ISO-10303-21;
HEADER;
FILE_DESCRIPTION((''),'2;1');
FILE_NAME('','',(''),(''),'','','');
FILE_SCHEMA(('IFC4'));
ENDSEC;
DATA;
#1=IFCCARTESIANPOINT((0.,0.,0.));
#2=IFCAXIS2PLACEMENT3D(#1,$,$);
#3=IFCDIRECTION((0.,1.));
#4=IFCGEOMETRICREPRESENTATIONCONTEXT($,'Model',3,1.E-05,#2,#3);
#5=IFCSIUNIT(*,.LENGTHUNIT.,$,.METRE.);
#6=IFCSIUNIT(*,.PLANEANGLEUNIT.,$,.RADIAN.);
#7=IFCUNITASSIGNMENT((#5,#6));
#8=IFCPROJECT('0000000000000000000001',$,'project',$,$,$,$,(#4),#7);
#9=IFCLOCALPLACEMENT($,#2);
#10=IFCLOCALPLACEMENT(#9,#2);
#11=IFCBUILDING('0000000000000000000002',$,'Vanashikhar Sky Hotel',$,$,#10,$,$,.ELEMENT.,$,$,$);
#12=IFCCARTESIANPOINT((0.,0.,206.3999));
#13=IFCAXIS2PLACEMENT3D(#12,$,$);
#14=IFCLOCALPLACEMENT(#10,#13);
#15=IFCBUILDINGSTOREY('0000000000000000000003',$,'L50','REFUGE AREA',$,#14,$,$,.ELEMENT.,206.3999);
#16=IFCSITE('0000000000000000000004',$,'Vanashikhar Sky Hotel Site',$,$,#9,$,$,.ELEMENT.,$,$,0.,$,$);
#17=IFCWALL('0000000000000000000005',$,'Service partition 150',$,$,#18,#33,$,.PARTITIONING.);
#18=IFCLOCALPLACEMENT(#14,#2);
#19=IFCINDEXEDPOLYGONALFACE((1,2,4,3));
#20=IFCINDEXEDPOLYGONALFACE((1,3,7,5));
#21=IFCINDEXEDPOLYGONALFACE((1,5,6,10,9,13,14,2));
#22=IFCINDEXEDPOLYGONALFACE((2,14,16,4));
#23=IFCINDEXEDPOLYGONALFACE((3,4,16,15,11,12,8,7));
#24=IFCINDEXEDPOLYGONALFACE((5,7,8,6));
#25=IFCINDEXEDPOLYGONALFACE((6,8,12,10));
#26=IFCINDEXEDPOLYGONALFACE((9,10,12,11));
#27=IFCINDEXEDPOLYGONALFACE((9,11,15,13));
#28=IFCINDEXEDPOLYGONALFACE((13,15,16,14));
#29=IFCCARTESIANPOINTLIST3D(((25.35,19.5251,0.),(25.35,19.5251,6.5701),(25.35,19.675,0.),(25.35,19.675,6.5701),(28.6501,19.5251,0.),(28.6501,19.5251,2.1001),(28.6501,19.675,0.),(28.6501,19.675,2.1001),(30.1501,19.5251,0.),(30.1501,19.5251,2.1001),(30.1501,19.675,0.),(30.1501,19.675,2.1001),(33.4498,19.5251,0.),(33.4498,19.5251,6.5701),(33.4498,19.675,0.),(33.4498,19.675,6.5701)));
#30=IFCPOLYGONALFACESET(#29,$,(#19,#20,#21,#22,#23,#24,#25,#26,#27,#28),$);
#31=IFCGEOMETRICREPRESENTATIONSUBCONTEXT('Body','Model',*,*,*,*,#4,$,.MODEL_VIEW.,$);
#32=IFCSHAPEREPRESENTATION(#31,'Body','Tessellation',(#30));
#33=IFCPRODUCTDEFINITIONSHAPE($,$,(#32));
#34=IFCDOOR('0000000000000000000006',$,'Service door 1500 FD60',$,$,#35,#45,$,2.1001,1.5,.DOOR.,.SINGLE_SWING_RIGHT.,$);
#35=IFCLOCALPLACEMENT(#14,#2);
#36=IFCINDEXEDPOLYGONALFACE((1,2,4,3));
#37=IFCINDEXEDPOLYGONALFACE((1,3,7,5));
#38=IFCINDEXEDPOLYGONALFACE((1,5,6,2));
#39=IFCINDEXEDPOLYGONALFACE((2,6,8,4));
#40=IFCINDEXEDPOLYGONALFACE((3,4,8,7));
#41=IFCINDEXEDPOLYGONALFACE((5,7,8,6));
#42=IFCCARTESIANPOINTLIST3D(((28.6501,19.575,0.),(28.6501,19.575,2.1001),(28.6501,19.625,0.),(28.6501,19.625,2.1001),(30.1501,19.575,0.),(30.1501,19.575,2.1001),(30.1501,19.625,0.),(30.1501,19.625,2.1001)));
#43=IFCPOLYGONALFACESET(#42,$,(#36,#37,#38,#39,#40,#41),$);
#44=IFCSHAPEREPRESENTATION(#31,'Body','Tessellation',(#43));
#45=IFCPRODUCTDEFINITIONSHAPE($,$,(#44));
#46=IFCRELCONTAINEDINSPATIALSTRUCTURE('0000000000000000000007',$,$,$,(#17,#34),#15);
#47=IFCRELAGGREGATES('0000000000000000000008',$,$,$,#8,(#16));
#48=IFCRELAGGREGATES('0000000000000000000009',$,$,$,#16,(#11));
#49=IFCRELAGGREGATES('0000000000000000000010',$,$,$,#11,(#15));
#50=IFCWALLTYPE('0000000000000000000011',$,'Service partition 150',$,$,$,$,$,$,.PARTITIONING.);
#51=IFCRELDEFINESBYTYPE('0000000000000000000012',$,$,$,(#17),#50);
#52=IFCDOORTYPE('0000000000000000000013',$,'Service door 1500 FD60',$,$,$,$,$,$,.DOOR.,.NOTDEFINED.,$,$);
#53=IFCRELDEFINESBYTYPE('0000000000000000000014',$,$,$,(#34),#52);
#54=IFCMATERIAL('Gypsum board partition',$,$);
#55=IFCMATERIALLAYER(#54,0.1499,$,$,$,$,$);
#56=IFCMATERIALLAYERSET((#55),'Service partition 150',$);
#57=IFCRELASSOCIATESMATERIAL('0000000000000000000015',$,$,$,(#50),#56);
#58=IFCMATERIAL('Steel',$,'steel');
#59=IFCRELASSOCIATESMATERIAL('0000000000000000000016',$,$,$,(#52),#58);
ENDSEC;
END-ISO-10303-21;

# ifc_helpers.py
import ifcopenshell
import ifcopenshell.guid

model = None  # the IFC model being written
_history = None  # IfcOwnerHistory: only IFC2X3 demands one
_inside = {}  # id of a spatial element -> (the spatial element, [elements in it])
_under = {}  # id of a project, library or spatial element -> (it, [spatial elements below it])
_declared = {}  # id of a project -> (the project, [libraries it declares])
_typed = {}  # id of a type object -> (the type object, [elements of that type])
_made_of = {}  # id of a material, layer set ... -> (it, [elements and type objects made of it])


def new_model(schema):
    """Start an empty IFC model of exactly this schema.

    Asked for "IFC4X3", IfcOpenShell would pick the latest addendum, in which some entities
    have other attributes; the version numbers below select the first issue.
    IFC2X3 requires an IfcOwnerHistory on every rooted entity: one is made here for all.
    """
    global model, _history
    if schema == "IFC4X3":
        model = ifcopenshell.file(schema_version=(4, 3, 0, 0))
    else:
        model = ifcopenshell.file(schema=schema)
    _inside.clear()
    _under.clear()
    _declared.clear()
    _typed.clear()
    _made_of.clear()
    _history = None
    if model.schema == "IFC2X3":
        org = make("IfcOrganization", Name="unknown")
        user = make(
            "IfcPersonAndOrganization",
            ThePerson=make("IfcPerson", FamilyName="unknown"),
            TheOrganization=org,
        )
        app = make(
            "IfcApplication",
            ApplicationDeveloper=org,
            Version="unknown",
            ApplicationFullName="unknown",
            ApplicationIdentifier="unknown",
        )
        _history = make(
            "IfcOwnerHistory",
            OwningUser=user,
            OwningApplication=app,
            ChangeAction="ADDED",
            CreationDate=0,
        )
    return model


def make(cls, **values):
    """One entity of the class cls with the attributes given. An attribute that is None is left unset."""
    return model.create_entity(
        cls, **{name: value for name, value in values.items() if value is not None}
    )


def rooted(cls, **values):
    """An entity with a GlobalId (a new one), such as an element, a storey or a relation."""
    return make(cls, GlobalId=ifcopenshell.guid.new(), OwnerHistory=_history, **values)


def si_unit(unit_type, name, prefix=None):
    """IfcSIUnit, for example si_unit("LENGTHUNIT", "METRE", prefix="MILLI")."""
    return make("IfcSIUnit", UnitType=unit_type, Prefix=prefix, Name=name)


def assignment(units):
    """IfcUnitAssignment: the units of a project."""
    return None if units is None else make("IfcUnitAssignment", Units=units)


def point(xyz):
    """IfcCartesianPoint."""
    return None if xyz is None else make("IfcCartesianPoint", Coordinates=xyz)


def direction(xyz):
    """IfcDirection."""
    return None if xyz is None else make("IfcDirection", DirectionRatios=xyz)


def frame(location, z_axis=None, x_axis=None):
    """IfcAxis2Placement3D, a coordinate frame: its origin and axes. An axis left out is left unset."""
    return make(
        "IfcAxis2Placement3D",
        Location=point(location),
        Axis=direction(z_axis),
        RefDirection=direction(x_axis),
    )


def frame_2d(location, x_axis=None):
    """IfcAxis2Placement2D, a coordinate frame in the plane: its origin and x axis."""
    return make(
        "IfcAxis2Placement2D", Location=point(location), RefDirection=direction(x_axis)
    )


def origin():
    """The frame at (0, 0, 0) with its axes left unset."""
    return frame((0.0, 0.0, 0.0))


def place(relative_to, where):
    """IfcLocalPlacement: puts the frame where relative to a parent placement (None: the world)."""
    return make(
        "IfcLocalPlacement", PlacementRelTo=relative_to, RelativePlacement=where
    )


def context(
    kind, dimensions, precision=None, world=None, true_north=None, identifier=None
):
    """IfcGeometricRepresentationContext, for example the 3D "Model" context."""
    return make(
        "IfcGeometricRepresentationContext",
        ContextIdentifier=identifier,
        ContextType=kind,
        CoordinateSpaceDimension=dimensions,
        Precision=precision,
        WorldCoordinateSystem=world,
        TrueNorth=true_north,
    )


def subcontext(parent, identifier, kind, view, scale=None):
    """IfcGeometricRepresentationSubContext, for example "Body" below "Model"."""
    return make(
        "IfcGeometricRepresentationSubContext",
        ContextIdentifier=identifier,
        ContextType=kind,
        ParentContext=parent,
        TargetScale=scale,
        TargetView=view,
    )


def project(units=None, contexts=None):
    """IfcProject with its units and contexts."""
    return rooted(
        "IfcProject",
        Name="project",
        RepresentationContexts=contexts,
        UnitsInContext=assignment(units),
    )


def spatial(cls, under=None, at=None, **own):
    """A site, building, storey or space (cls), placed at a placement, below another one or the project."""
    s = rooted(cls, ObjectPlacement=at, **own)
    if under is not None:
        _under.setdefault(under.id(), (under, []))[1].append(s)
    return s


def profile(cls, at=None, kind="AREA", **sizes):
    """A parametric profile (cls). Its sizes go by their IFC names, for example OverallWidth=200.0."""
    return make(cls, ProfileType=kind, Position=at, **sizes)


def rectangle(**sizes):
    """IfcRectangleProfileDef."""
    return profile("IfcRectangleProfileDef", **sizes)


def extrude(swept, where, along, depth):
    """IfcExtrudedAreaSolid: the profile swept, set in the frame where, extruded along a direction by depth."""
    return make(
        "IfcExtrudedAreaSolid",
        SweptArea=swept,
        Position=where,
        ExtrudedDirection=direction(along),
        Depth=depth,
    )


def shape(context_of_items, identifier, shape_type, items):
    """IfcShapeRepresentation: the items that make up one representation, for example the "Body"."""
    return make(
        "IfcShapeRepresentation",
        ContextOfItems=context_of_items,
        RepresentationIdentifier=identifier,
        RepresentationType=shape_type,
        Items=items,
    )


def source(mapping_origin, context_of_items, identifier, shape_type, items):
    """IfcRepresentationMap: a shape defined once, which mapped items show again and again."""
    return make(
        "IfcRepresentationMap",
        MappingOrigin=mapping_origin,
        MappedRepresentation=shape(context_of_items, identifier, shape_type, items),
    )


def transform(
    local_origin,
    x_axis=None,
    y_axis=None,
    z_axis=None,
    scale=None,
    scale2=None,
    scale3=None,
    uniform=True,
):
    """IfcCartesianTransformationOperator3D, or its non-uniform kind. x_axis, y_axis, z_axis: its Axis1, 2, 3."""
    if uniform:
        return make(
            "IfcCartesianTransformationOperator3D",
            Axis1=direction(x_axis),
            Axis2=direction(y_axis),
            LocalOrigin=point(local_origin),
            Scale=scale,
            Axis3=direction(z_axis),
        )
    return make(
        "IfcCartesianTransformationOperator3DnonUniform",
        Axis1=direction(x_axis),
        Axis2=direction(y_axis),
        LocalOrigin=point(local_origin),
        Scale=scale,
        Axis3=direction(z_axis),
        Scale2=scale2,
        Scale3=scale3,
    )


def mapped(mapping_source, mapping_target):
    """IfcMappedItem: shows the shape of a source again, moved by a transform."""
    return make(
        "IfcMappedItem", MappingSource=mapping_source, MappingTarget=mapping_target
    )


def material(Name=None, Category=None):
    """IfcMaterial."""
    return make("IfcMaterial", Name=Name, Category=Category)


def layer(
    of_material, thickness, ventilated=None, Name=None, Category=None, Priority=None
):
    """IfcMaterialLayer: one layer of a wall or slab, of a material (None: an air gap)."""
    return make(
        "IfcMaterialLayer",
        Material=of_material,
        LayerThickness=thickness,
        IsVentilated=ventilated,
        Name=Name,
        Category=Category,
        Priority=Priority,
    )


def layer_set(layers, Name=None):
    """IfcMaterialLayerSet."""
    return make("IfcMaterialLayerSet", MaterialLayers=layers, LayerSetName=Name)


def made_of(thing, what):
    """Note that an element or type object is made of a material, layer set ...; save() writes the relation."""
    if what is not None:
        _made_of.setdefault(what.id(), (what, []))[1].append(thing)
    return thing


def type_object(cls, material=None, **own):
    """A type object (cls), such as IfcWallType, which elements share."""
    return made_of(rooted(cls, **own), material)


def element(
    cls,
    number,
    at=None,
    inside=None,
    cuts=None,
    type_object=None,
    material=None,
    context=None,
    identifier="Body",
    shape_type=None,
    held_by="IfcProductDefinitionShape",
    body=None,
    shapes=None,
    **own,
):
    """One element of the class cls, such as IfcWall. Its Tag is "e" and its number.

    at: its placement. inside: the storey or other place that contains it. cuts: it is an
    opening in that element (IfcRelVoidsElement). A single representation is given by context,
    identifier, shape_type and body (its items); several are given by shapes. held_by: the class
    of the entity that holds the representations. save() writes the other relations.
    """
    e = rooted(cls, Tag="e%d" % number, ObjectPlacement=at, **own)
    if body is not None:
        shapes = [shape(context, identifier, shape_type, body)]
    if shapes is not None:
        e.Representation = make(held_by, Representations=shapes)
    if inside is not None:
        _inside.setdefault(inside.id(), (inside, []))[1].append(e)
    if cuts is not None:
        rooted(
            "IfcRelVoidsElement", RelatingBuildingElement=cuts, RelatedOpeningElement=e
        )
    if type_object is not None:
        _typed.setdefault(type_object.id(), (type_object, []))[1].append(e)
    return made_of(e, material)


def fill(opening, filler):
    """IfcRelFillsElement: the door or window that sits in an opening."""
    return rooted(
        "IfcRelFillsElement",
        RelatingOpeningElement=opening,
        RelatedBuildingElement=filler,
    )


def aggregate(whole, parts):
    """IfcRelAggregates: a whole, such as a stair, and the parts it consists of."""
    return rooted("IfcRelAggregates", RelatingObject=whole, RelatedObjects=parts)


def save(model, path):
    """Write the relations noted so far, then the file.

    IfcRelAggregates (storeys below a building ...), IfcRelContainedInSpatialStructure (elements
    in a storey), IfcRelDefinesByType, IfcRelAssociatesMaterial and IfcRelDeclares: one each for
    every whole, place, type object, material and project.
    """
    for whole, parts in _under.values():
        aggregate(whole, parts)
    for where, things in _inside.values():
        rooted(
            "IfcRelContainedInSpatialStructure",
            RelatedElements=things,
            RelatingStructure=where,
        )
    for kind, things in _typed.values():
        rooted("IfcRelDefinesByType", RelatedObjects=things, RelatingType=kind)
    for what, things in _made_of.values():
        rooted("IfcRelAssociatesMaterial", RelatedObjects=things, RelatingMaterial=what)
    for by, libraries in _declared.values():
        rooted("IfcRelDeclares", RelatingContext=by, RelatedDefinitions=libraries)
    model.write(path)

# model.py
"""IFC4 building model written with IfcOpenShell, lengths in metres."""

from ifc_helpers import new_model, si_unit, direction, frame, frame_2d, origin, place, context, subcontext, project, spatial, rectangle, extrude, source, transform, mapped, material, layer, layer_set, type_object, element, fill, save


model = new_model("IFC4")

# Units and contexts
model_context = context("Model", 3, precision=1e-05, world=origin(), true_north=direction((0.0, 1.0)))
body_context = subcontext(model_context, "Body", "Model", "MODEL_VIEW")
ifc_project = project(units=[si_unit("LENGTHUNIT", "METRE"), si_unit("PLANEANGLEUNIT", "RADIAN")], contexts=[model_context])

# Site, building, storey
site_placement = place(None, origin())
site = spatial("IfcSite", under=ifc_project, at=site_placement, Name="Vanashikhar Sky Hotel Site", CompositionType="ELEMENT", RefElevation=0.0)
building_placement = place(site_placement, origin())
building = spatial("IfcBuilding", under=site, at=building_placement, Name="Vanashikhar Sky Hotel", CompositionType="ELEMENT")
storey_placement = place(building_placement, frame((0.0, 0.0, 206.3999)))
storey = spatial("IfcBuildingStorey", under=building, at=storey_placement, Name="L50", Description="REFUGE AREA", CompositionType="ELEMENT", Elevation=206.3999)

# Shared definitions
ifc_material_1 = material(Name="Steel", Category="steel")

# Wall, opening, door
ifc_material_2 = material(Name="Gypsum board partition")
ifc_layer_1 = layer(ifc_material_2, 0.1499)
ifc_layer_set_1 = layer_set([ifc_layer_1], Name="Service partition 150")
wall_type_1 = type_object("IfcWallType", Name="Service partition 150", PredefinedType="PARTITIONING", material=ifc_layer_set_1)
shared_shape_1 = source(origin(), body_context, "Body", "SweptSolid", [
    extrude(rectangle(XDim=1.5, YDim=2.1001, at=frame_2d((0.75, 1.05))), frame((0.0, 0.085, 0.0), z_axis=(0.0, -1.0, 0.0), x_axis=(1.0, 0.0, 0.0)), (0.0, 0.0, 1.0), 0.1699),
])
door_type_1 = type_object("IfcDoorType", Name="Service door 1500 FD60", OperationType="NOTDEFINED", PredefinedType="DOOR", material=ifc_material_1)
shared_shape_2 = source(origin(), body_context, "Body", "SweptSolid", [
    extrude(rectangle(XDim=1.5, YDim=2.1001, at=frame_2d((0.75, 1.05))), frame((0.0, 0.0249, 0.0), z_axis=(0.0, -1.0, 0.0), x_axis=(1.0, 0.0, 0.0)), (0.0, 0.0, 1.0), 0.05),
])
shared_shape_3 = source(origin(), body_context, "Body", "SweptSolid", [
    extrude(rectangle(XDim=8.0999, YDim=0.1499, at=frame_2d((4.0498, 0.0))), origin(), (0.0, 0.0, 1.0), 6.5701),
])
wall_1_placement = place(storey_placement, frame((25.3501, 19.6001, 0.0), z_axis=(0.0, 0.0, 1.0), x_axis=(1.0, 0.0, 0.0)))
wall_1 = element("IfcWall", 1, at=wall_1_placement, inside=storey, type_object=wall_type_1, Name="Service partition 150", PredefinedType="PARTITIONING", context=body_context, shape_type="MappedRepresentation", body=[
    mapped(shared_shape_3, transform((0.0, 0.0, 0.0), scale=1.0)),
])
opening_1_placement = place(wall_1_placement, frame((3.3, 0.0, 0.0)))
opening_1 = element("IfcOpeningElement", 2, at=opening_1_placement, cuts=wall_1, PredefinedType="OPENING", context=body_context, shape_type="MappedRepresentation", body=[
    mapped(shared_shape_1, transform((0.0, 0.0, 0.0), scale=1.0)),
])
door_1_placement = place(opening_1_placement, origin())
door_1 = element("IfcDoor", 3, at=door_1_placement, inside=storey, type_object=door_type_1, Name="Service door 1500 FD60", OperationType="SINGLE_SWING_RIGHT", OverallHeight=2.1001, OverallWidth=1.5, PredefinedType="DOOR", context=body_context, shape_type="MappedRepresentation", body=[
    mapped(shared_shape_2, transform((0.0, 0.0, 0.0), scale=1.0)),
])
fill(opening_1, door_1)

save(model, "model.ifc")
